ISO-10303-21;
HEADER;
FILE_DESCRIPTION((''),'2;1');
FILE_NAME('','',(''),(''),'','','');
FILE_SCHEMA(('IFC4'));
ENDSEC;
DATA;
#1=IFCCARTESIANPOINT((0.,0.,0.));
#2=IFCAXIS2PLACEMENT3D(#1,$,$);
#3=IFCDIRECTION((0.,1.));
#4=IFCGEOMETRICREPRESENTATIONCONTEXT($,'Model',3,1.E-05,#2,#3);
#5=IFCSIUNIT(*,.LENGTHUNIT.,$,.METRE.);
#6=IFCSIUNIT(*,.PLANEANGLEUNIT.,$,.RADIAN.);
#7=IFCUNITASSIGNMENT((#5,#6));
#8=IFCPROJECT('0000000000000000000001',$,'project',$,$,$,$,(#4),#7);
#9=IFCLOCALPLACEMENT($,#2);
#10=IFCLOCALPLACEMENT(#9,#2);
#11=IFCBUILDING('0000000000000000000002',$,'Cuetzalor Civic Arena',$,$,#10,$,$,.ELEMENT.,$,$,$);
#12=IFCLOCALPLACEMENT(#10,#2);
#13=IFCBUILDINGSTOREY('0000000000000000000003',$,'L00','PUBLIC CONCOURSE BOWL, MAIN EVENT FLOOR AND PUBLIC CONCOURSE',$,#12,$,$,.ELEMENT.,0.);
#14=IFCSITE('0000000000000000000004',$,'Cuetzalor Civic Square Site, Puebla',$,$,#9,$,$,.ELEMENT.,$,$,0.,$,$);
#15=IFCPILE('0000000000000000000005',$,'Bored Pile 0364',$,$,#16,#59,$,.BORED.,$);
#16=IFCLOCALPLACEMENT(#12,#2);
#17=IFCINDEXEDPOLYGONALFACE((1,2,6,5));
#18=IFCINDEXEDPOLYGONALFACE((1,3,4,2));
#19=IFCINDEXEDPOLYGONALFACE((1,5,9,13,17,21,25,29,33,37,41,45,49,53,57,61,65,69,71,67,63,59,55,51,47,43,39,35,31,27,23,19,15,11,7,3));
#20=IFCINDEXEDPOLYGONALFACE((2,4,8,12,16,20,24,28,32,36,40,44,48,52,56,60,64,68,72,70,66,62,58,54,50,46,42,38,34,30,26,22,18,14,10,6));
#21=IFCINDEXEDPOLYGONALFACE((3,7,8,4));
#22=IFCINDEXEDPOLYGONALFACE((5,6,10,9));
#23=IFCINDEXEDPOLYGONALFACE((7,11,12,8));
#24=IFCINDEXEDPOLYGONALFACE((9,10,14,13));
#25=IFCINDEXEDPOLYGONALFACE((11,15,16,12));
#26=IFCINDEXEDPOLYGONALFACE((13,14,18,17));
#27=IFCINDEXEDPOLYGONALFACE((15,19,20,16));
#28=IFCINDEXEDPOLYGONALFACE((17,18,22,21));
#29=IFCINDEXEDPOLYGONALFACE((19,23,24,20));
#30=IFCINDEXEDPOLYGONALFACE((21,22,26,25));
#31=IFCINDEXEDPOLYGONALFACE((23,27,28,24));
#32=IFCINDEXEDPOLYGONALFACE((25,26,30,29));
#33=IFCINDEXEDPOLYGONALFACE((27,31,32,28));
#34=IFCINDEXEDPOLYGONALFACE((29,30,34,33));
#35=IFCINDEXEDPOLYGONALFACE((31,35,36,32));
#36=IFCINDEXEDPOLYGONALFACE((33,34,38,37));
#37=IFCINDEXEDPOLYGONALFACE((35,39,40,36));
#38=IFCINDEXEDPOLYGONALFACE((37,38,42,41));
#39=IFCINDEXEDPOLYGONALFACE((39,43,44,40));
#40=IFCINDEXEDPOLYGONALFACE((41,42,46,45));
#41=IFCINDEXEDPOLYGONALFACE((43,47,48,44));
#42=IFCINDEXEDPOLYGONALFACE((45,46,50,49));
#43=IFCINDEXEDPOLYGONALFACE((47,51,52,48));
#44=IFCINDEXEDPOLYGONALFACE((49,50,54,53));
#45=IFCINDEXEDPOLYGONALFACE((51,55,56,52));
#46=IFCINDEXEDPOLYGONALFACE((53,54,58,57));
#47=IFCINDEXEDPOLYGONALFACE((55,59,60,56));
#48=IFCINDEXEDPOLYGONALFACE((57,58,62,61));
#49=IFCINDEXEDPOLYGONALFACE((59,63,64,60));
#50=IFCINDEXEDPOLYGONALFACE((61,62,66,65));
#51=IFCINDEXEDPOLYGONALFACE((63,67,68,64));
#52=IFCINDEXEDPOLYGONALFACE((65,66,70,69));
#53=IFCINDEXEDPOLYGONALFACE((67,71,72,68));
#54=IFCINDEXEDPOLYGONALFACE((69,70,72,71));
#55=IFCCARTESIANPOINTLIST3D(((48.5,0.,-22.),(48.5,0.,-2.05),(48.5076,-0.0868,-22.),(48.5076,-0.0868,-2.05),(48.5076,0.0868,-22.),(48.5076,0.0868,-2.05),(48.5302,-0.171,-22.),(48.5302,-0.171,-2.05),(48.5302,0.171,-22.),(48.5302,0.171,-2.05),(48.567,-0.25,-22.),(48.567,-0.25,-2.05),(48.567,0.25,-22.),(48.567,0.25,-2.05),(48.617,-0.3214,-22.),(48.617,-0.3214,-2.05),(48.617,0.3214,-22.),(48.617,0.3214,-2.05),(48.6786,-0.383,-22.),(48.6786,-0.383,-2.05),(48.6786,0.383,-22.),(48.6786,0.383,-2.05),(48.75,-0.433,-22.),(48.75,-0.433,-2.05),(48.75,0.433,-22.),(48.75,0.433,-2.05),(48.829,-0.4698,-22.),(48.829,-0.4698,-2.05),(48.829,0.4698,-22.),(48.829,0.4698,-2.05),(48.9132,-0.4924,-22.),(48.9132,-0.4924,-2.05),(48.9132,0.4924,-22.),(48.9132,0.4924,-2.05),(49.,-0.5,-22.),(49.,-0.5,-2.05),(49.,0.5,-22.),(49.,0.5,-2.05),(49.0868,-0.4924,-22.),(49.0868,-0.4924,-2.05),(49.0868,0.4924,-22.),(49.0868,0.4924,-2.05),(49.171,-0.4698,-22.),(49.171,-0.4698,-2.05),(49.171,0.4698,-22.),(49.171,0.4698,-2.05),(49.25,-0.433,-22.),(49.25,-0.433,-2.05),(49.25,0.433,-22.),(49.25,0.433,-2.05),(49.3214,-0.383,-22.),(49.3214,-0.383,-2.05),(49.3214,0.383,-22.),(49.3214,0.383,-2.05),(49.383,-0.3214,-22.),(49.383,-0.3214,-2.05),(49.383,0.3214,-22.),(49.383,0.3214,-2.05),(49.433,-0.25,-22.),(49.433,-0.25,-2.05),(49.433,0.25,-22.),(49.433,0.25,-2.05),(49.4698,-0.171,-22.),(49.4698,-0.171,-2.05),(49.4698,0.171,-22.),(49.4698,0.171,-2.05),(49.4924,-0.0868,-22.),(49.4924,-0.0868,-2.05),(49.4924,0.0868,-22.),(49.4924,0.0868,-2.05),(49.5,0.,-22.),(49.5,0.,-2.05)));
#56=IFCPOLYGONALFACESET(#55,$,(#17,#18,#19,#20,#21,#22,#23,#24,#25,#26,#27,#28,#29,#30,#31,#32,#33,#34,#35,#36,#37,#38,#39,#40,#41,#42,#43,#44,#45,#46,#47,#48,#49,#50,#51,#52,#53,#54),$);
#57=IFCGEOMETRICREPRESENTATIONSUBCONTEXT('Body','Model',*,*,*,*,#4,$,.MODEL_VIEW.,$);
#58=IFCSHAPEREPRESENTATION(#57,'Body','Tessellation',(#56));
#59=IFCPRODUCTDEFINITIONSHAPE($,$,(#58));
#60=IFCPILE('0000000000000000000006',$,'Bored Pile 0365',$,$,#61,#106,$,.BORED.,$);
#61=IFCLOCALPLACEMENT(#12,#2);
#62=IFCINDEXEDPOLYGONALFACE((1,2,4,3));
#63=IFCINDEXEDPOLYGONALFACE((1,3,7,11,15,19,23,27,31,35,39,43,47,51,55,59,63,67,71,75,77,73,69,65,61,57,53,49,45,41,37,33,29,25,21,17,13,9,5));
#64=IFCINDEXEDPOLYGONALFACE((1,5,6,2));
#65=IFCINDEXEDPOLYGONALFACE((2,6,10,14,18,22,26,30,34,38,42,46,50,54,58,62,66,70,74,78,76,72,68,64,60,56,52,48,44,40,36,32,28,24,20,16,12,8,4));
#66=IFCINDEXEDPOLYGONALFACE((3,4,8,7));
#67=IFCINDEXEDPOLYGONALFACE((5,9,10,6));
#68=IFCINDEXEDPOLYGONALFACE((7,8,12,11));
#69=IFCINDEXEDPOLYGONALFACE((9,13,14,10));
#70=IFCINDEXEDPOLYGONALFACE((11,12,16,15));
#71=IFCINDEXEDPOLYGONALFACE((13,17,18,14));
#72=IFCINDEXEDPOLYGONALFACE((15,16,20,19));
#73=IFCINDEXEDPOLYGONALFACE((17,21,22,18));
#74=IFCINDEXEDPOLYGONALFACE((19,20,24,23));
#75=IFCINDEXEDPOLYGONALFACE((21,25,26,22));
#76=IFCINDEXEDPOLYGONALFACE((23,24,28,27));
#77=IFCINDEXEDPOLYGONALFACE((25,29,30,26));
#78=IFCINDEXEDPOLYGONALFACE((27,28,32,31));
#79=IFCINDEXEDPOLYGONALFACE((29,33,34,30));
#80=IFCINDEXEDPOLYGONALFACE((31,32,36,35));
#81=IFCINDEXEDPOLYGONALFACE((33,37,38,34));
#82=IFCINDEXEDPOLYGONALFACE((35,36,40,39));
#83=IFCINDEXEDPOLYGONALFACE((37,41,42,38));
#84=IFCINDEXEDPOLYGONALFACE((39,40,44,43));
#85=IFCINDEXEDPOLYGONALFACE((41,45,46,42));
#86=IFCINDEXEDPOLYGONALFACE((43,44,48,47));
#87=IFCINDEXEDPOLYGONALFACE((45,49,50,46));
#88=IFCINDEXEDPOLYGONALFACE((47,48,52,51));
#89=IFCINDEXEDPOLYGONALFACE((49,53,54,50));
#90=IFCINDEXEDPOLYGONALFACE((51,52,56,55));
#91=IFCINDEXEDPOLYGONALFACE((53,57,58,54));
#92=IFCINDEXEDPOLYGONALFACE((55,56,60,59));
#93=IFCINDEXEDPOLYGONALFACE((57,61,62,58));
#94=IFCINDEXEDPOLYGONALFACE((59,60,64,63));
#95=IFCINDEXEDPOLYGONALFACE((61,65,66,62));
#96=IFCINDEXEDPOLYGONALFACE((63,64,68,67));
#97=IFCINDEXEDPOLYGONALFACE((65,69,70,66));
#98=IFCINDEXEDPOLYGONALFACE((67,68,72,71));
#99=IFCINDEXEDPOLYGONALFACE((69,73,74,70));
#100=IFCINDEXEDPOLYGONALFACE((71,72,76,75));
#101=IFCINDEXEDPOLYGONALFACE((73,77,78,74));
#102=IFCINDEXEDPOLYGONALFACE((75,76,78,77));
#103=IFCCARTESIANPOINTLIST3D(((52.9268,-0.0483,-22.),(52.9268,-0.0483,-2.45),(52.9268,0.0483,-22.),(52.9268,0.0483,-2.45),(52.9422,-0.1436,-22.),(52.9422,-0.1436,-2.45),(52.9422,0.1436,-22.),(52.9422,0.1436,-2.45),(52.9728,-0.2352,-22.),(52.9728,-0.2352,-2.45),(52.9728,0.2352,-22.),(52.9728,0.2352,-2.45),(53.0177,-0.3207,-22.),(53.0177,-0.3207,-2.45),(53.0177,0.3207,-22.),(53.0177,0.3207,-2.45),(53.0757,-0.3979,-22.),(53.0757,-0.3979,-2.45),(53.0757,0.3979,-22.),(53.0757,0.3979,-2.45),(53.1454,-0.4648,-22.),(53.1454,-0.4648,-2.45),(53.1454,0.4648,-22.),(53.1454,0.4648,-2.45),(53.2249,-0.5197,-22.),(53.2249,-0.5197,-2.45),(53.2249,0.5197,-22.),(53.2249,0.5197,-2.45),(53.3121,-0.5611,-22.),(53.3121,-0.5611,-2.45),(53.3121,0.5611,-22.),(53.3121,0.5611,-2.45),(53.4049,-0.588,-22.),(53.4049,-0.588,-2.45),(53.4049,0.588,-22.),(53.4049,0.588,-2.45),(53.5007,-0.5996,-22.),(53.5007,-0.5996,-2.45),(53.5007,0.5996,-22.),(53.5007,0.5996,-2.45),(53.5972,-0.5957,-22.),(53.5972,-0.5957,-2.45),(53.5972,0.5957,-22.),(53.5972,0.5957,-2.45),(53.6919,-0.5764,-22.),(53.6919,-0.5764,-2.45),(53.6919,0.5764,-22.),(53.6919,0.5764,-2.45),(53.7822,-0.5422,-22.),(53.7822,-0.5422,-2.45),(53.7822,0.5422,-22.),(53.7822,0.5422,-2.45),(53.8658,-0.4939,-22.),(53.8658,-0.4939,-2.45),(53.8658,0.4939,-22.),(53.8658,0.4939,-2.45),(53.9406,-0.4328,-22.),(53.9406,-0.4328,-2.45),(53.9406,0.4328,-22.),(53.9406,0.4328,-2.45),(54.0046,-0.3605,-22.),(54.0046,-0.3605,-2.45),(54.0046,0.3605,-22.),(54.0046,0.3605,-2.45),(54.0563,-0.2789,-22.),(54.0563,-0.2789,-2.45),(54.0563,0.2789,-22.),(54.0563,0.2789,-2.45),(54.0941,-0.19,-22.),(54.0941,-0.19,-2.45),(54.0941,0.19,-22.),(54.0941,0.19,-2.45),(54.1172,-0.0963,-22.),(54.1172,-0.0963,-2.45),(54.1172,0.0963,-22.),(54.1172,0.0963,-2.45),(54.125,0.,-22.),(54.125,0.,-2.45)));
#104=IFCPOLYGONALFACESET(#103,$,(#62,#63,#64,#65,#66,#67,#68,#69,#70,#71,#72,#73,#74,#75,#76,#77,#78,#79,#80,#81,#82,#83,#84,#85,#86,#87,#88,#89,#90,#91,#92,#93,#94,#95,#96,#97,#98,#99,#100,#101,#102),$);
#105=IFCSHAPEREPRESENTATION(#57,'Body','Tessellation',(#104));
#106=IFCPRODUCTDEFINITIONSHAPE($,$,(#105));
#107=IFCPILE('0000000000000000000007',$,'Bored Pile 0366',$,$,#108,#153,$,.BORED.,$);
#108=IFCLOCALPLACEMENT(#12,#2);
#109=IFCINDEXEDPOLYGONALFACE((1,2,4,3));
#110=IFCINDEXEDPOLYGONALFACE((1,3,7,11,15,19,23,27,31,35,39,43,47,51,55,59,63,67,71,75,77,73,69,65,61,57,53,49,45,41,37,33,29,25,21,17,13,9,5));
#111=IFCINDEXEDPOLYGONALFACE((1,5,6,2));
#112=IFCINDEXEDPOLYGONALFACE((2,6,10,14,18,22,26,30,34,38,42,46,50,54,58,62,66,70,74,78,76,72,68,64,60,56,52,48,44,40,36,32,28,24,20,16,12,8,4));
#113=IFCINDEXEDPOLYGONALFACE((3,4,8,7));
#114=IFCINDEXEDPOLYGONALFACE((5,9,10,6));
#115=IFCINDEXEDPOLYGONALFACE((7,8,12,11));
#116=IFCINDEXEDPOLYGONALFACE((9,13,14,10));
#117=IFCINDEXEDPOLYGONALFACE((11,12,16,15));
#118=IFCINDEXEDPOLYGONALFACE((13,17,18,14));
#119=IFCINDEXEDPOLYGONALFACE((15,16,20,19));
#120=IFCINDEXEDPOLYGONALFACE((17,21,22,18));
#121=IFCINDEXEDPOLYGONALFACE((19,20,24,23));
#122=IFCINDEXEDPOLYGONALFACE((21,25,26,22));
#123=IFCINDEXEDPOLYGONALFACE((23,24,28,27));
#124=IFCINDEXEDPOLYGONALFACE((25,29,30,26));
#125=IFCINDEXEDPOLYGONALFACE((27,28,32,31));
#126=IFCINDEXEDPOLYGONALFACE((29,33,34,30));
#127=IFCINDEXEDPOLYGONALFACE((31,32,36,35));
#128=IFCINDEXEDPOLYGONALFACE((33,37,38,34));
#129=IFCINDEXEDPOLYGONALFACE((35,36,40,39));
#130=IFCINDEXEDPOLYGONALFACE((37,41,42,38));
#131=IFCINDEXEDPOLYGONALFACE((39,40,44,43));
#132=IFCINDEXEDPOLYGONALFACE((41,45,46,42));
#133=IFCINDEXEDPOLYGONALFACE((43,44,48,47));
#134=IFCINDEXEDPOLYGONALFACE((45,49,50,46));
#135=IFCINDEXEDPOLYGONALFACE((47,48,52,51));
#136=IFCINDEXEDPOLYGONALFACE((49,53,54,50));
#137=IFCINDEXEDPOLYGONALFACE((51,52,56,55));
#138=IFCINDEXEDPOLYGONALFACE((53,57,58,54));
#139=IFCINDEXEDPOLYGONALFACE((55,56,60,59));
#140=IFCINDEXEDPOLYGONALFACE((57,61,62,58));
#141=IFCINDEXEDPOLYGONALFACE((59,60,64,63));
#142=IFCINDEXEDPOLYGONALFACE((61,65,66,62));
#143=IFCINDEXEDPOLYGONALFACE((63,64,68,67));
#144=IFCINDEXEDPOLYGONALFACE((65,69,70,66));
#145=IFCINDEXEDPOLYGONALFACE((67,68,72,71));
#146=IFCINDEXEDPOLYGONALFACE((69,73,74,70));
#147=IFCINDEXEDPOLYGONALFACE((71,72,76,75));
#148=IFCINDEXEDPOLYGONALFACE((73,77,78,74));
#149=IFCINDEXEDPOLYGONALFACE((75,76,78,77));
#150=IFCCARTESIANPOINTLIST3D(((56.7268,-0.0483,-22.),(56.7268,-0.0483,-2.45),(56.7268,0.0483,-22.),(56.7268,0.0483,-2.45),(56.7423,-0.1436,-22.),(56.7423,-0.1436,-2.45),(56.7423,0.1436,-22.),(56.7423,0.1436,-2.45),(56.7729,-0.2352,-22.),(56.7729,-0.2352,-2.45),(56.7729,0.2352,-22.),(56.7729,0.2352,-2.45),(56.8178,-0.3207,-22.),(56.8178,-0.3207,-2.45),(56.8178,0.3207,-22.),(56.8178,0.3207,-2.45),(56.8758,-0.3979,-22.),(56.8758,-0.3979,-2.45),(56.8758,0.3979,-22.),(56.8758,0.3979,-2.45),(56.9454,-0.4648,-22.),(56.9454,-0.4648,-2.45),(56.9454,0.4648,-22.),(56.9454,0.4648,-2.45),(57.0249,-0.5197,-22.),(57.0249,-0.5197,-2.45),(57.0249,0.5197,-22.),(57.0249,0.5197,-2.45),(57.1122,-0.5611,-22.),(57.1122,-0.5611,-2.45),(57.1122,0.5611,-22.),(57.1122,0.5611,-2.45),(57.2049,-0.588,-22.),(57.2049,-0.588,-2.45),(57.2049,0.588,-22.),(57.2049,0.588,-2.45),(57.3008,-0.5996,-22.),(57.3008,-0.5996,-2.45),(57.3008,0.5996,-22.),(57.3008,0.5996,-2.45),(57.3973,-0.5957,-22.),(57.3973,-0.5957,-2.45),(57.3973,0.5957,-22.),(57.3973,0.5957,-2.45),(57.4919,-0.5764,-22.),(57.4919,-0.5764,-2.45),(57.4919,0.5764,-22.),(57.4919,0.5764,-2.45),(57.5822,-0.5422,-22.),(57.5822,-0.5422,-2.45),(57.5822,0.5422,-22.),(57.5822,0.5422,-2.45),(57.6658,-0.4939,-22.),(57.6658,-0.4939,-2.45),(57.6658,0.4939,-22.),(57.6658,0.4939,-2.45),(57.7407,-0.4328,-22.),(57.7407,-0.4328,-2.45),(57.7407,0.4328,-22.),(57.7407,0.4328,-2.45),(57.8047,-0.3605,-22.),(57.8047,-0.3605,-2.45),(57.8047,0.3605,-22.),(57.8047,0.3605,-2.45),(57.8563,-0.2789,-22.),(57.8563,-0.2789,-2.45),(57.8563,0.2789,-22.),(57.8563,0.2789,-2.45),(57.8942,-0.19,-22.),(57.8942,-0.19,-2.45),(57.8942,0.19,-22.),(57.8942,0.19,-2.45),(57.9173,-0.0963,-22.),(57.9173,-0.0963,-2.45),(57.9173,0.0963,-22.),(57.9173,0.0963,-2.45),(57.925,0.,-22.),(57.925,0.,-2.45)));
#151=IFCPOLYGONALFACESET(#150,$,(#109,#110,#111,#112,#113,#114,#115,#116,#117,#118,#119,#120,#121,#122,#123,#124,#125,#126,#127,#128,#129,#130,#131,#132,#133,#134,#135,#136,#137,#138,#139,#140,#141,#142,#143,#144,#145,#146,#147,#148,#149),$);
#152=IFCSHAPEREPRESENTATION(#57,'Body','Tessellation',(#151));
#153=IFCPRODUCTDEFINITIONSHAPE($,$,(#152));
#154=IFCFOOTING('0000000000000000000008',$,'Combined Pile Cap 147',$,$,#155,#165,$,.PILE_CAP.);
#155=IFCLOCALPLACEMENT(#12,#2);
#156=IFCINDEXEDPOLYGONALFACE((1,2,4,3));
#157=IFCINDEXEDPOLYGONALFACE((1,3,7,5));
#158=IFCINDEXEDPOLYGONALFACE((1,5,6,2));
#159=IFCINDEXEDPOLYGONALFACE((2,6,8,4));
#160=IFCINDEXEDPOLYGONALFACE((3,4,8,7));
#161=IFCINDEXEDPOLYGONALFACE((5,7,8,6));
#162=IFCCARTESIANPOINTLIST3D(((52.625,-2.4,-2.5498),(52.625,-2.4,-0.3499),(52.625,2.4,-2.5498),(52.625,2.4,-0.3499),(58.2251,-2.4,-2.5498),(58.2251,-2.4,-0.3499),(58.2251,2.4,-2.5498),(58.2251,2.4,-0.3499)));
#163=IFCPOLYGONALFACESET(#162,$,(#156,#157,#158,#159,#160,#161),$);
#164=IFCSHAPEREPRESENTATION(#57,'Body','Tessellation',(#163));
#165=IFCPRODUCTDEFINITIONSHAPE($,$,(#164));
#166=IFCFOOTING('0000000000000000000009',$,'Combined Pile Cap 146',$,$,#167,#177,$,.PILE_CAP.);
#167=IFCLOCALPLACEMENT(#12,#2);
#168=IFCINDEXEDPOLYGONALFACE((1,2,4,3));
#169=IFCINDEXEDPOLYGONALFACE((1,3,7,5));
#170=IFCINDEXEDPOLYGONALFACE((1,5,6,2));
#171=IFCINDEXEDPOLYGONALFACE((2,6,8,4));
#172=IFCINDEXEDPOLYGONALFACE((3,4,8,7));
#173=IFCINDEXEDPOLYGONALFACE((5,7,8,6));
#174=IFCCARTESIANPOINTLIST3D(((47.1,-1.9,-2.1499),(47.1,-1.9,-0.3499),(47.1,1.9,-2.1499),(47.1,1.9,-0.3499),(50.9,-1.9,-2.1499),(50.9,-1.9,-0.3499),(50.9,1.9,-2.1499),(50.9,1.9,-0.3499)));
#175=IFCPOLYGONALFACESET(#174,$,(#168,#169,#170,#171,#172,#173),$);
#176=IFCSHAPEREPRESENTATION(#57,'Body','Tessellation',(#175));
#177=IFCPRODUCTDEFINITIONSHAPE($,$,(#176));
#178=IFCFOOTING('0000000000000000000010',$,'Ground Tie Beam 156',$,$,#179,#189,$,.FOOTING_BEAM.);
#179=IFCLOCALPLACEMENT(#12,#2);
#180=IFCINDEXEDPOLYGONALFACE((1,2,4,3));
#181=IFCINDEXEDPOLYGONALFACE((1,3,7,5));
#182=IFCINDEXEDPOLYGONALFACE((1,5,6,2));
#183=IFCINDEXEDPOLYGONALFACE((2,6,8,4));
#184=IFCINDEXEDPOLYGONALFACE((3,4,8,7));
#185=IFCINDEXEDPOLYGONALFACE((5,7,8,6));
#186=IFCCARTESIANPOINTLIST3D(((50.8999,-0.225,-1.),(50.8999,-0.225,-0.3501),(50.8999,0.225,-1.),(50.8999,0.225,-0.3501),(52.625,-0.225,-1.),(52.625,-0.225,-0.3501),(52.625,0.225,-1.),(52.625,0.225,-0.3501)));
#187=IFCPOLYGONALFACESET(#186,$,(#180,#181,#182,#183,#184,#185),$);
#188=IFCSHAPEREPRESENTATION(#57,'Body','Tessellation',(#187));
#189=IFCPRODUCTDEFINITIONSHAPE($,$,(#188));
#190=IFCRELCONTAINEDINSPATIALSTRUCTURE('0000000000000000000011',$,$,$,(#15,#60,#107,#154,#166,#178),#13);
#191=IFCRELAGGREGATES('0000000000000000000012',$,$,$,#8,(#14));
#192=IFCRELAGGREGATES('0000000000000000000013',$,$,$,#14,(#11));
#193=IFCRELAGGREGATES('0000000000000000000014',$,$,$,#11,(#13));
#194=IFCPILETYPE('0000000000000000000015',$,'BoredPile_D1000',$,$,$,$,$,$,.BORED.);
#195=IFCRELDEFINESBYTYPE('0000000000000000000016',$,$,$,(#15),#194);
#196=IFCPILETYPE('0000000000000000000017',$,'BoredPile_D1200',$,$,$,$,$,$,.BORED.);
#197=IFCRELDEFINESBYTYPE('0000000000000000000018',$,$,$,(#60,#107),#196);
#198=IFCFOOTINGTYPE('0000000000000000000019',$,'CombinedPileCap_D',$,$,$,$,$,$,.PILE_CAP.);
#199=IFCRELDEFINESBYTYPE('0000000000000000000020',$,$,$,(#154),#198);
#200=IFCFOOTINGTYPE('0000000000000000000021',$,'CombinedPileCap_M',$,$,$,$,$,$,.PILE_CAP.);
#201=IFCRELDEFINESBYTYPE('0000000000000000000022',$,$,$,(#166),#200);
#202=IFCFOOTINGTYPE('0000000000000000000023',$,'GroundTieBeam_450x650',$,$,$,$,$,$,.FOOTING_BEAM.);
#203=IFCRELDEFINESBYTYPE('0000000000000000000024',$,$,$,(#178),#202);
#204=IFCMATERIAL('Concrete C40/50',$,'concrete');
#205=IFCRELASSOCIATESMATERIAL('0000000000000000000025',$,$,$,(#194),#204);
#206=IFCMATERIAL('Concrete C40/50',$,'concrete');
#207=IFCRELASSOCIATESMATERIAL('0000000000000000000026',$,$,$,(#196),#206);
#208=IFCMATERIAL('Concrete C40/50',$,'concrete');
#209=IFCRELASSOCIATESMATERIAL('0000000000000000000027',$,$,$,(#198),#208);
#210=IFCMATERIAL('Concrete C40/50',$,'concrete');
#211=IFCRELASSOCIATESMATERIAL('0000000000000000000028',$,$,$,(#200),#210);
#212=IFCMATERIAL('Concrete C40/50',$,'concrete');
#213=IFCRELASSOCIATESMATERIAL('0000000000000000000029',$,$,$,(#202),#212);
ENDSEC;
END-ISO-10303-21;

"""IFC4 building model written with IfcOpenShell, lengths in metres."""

from ifc_helpers import new_model, si_unit, direction, frame, origin, origin_2d, place, context, subcontext, project, spatial, rectangle, circle, extrude, material, material_profile, profile_set, type_object, element, save


model = new_model("IFC4")

# Units and contexts
model_context = context("Model", 3, precision=1e-05, world=origin(), true_north=direction((0.0, 1.0)))
body_context = subcontext(model_context, "Body", "Model", "MODEL_VIEW")
ifc_project = project(units=[si_unit("LENGTHUNIT", "METRE"), si_unit("PLANEANGLEUNIT", "RADIAN")], contexts=[model_context])

# Site, building, storey
site_placement = place(None, origin())
site = spatial("IfcSite", under=ifc_project, at=site_placement, Name="Cuetzalor Civic Square Site, Puebla", CompositionType="ELEMENT", RefElevation=0.0)
building_placement = place(site_placement, origin())
building = spatial("IfcBuilding", under=site, at=building_placement, Name="Cuetzalor Civic Arena", CompositionType="ELEMENT")
storey_placement = place(building_placement, origin())
storey = spatial("IfcBuildingStorey", under=building, at=storey_placement, Name="L00", Description="PUBLIC CONCOURSE BOWL, MAIN EVENT FLOOR AND PUBLIC CONCOURSE", CompositionType="ELEMENT", Elevation=0.0)

# Piles
ifc_material_1 = material(Name="Concrete C40/50", Category="concrete")
ifc_material_profile_1 = material_profile(ifc_material_1, circle(Radius=0.5, at=origin_2d()), Name="BORED PILE D1000")
ifc_profile_set_1 = profile_set([ifc_material_profile_1], Name="Concrete C40/50")
pile_type_1 = type_object("IfcPileType", Name="BoredPile_D1000", PredefinedType="BORED", material=ifc_profile_set_1)
pile_placement = place(storey_placement, frame((49.0, 0.0, -2.05), z_axis=(0.0, 0.0, -1.0), x_axis=(1.0, 0.0, 0.0)))
element("IfcPile", 1, at=pile_placement, inside=storey, type_object=pile_type_1, Name="Bored Pile 0364", PredefinedType="BORED", context=body_context, shape_type="SweptSolid", body=[
    extrude(circle(Radius=0.5, at=origin_2d()), origin(), (0.0, 0.0, 1.0), 19.95),
])
ifc_material_2 = material(Name="Concrete C40/50", Category="concrete")
ifc_material_profile_2 = material_profile(ifc_material_2, circle(Radius=0.6001, at=origin_2d()), Name="BORED PILE D1200")
ifc_profile_set_2 = profile_set([ifc_material_profile_2], Name="Concrete C40/50")
pile_type_2 = type_object("IfcPileType", Name="BoredPile_D1200", PredefinedType="BORED", material=ifc_profile_set_2)
for number, where, z_axis, x_axis, name in (
    (2, (53.5249, 0.0, -2.45), (0.0, 0.0, -1.0), (1.0, 0.0, 0.0), "Bored Pile 0365"),
    (3, (57.325, 0.0, -2.45), (0.0, 0.0, -1.0), (1.0, 0.0, 0.0), "Bored Pile 0366"),
):
    element("IfcPile", number, at=place(storey_placement, frame(where, z_axis=z_axis, x_axis=x_axis)), inside=storey, type_object=pile_type_2, Name=name, PredefinedType="BORED", context=body_context, shape_type="SweptSolid", body=[
        extrude(circle(Radius=0.6001, at=origin_2d()), origin(), (0.0, 0.0, 1.0), 19.55),
    ])

# Footings
ifc_material_3 = material(Name="Concrete C40/50", Category="concrete")
footing_type_1 = type_object("IfcFootingType", Name="CombinedPileCap_D", PredefinedType="PILE_CAP", material=ifc_material_3)
footing_1_placement = place(storey_placement, frame((55.425, 0.0, -2.5498), z_axis=(0.0, 0.0, 1.0), x_axis=(1.0, 0.0, 0.0)))
element("IfcFooting", 4, at=footing_1_placement, inside=storey, type_object=footing_type_1, Name="Combined Pile Cap 147", PredefinedType="PILE_CAP", context=body_context, shape_type="SweptSolid", body=[
    extrude(rectangle(XDim=5.6001, YDim=4.8, at=origin_2d()), origin(), (0.0, 0.0, 1.0), 2.2),
])
ifc_material_4 = material(Name="Concrete C40/50", Category="concrete")
footing_type_2 = type_object("IfcFootingType", Name="CombinedPileCap_M", PredefinedType="PILE_CAP", material=ifc_material_4)
footing_2_placement = place(storey_placement, frame((49.0, 0.0, -2.1499), z_axis=(0.0, 0.0, 1.0), x_axis=(1.0, 0.0, 0.0)))
element("IfcFooting", 5, at=footing_2_placement, inside=storey, type_object=footing_type_2, Name="Combined Pile Cap 146", PredefinedType="PILE_CAP", context=body_context, shape_type="SweptSolid", body=[
    extrude(rectangle(XDim=3.8, YDim=3.8, at=origin_2d()), origin(), (0.0, 0.0, 1.0), 1.8),
])
ifc_material_5 = material(Name="Concrete C40/50", Category="concrete")
ifc_material_profile_3 = material_profile(ifc_material_5, rectangle(XDim=0.45, YDim=0.6499, at=origin_2d()), Name="RC 450x650")
ifc_profile_set_3 = profile_set([ifc_material_profile_3], Name="Concrete C40/50")
footing_type_3 = type_object("IfcFootingType", Name="GroundTieBeam_450x650", PredefinedType="FOOTING_BEAM", material=ifc_profile_set_3)
footing_3_placement = place(storey_placement, frame((50.8999, 0.0, -0.675), z_axis=(1.0, 0.0, 0.0), x_axis=(0.0, 1.0, 0.0)))
element("IfcFooting", 6, at=footing_3_placement, inside=storey, type_object=footing_type_3, Name="Ground Tie Beam 156", PredefinedType="FOOTING_BEAM", context=body_context, shape_type="SweptSolid", body=[
    extrude(rectangle(XDim=0.45, YDim=0.6499, at=origin_2d()), origin(), (0.0, 0.0, 1.0), 1.7251),
])

save(model, "model.ifc")
